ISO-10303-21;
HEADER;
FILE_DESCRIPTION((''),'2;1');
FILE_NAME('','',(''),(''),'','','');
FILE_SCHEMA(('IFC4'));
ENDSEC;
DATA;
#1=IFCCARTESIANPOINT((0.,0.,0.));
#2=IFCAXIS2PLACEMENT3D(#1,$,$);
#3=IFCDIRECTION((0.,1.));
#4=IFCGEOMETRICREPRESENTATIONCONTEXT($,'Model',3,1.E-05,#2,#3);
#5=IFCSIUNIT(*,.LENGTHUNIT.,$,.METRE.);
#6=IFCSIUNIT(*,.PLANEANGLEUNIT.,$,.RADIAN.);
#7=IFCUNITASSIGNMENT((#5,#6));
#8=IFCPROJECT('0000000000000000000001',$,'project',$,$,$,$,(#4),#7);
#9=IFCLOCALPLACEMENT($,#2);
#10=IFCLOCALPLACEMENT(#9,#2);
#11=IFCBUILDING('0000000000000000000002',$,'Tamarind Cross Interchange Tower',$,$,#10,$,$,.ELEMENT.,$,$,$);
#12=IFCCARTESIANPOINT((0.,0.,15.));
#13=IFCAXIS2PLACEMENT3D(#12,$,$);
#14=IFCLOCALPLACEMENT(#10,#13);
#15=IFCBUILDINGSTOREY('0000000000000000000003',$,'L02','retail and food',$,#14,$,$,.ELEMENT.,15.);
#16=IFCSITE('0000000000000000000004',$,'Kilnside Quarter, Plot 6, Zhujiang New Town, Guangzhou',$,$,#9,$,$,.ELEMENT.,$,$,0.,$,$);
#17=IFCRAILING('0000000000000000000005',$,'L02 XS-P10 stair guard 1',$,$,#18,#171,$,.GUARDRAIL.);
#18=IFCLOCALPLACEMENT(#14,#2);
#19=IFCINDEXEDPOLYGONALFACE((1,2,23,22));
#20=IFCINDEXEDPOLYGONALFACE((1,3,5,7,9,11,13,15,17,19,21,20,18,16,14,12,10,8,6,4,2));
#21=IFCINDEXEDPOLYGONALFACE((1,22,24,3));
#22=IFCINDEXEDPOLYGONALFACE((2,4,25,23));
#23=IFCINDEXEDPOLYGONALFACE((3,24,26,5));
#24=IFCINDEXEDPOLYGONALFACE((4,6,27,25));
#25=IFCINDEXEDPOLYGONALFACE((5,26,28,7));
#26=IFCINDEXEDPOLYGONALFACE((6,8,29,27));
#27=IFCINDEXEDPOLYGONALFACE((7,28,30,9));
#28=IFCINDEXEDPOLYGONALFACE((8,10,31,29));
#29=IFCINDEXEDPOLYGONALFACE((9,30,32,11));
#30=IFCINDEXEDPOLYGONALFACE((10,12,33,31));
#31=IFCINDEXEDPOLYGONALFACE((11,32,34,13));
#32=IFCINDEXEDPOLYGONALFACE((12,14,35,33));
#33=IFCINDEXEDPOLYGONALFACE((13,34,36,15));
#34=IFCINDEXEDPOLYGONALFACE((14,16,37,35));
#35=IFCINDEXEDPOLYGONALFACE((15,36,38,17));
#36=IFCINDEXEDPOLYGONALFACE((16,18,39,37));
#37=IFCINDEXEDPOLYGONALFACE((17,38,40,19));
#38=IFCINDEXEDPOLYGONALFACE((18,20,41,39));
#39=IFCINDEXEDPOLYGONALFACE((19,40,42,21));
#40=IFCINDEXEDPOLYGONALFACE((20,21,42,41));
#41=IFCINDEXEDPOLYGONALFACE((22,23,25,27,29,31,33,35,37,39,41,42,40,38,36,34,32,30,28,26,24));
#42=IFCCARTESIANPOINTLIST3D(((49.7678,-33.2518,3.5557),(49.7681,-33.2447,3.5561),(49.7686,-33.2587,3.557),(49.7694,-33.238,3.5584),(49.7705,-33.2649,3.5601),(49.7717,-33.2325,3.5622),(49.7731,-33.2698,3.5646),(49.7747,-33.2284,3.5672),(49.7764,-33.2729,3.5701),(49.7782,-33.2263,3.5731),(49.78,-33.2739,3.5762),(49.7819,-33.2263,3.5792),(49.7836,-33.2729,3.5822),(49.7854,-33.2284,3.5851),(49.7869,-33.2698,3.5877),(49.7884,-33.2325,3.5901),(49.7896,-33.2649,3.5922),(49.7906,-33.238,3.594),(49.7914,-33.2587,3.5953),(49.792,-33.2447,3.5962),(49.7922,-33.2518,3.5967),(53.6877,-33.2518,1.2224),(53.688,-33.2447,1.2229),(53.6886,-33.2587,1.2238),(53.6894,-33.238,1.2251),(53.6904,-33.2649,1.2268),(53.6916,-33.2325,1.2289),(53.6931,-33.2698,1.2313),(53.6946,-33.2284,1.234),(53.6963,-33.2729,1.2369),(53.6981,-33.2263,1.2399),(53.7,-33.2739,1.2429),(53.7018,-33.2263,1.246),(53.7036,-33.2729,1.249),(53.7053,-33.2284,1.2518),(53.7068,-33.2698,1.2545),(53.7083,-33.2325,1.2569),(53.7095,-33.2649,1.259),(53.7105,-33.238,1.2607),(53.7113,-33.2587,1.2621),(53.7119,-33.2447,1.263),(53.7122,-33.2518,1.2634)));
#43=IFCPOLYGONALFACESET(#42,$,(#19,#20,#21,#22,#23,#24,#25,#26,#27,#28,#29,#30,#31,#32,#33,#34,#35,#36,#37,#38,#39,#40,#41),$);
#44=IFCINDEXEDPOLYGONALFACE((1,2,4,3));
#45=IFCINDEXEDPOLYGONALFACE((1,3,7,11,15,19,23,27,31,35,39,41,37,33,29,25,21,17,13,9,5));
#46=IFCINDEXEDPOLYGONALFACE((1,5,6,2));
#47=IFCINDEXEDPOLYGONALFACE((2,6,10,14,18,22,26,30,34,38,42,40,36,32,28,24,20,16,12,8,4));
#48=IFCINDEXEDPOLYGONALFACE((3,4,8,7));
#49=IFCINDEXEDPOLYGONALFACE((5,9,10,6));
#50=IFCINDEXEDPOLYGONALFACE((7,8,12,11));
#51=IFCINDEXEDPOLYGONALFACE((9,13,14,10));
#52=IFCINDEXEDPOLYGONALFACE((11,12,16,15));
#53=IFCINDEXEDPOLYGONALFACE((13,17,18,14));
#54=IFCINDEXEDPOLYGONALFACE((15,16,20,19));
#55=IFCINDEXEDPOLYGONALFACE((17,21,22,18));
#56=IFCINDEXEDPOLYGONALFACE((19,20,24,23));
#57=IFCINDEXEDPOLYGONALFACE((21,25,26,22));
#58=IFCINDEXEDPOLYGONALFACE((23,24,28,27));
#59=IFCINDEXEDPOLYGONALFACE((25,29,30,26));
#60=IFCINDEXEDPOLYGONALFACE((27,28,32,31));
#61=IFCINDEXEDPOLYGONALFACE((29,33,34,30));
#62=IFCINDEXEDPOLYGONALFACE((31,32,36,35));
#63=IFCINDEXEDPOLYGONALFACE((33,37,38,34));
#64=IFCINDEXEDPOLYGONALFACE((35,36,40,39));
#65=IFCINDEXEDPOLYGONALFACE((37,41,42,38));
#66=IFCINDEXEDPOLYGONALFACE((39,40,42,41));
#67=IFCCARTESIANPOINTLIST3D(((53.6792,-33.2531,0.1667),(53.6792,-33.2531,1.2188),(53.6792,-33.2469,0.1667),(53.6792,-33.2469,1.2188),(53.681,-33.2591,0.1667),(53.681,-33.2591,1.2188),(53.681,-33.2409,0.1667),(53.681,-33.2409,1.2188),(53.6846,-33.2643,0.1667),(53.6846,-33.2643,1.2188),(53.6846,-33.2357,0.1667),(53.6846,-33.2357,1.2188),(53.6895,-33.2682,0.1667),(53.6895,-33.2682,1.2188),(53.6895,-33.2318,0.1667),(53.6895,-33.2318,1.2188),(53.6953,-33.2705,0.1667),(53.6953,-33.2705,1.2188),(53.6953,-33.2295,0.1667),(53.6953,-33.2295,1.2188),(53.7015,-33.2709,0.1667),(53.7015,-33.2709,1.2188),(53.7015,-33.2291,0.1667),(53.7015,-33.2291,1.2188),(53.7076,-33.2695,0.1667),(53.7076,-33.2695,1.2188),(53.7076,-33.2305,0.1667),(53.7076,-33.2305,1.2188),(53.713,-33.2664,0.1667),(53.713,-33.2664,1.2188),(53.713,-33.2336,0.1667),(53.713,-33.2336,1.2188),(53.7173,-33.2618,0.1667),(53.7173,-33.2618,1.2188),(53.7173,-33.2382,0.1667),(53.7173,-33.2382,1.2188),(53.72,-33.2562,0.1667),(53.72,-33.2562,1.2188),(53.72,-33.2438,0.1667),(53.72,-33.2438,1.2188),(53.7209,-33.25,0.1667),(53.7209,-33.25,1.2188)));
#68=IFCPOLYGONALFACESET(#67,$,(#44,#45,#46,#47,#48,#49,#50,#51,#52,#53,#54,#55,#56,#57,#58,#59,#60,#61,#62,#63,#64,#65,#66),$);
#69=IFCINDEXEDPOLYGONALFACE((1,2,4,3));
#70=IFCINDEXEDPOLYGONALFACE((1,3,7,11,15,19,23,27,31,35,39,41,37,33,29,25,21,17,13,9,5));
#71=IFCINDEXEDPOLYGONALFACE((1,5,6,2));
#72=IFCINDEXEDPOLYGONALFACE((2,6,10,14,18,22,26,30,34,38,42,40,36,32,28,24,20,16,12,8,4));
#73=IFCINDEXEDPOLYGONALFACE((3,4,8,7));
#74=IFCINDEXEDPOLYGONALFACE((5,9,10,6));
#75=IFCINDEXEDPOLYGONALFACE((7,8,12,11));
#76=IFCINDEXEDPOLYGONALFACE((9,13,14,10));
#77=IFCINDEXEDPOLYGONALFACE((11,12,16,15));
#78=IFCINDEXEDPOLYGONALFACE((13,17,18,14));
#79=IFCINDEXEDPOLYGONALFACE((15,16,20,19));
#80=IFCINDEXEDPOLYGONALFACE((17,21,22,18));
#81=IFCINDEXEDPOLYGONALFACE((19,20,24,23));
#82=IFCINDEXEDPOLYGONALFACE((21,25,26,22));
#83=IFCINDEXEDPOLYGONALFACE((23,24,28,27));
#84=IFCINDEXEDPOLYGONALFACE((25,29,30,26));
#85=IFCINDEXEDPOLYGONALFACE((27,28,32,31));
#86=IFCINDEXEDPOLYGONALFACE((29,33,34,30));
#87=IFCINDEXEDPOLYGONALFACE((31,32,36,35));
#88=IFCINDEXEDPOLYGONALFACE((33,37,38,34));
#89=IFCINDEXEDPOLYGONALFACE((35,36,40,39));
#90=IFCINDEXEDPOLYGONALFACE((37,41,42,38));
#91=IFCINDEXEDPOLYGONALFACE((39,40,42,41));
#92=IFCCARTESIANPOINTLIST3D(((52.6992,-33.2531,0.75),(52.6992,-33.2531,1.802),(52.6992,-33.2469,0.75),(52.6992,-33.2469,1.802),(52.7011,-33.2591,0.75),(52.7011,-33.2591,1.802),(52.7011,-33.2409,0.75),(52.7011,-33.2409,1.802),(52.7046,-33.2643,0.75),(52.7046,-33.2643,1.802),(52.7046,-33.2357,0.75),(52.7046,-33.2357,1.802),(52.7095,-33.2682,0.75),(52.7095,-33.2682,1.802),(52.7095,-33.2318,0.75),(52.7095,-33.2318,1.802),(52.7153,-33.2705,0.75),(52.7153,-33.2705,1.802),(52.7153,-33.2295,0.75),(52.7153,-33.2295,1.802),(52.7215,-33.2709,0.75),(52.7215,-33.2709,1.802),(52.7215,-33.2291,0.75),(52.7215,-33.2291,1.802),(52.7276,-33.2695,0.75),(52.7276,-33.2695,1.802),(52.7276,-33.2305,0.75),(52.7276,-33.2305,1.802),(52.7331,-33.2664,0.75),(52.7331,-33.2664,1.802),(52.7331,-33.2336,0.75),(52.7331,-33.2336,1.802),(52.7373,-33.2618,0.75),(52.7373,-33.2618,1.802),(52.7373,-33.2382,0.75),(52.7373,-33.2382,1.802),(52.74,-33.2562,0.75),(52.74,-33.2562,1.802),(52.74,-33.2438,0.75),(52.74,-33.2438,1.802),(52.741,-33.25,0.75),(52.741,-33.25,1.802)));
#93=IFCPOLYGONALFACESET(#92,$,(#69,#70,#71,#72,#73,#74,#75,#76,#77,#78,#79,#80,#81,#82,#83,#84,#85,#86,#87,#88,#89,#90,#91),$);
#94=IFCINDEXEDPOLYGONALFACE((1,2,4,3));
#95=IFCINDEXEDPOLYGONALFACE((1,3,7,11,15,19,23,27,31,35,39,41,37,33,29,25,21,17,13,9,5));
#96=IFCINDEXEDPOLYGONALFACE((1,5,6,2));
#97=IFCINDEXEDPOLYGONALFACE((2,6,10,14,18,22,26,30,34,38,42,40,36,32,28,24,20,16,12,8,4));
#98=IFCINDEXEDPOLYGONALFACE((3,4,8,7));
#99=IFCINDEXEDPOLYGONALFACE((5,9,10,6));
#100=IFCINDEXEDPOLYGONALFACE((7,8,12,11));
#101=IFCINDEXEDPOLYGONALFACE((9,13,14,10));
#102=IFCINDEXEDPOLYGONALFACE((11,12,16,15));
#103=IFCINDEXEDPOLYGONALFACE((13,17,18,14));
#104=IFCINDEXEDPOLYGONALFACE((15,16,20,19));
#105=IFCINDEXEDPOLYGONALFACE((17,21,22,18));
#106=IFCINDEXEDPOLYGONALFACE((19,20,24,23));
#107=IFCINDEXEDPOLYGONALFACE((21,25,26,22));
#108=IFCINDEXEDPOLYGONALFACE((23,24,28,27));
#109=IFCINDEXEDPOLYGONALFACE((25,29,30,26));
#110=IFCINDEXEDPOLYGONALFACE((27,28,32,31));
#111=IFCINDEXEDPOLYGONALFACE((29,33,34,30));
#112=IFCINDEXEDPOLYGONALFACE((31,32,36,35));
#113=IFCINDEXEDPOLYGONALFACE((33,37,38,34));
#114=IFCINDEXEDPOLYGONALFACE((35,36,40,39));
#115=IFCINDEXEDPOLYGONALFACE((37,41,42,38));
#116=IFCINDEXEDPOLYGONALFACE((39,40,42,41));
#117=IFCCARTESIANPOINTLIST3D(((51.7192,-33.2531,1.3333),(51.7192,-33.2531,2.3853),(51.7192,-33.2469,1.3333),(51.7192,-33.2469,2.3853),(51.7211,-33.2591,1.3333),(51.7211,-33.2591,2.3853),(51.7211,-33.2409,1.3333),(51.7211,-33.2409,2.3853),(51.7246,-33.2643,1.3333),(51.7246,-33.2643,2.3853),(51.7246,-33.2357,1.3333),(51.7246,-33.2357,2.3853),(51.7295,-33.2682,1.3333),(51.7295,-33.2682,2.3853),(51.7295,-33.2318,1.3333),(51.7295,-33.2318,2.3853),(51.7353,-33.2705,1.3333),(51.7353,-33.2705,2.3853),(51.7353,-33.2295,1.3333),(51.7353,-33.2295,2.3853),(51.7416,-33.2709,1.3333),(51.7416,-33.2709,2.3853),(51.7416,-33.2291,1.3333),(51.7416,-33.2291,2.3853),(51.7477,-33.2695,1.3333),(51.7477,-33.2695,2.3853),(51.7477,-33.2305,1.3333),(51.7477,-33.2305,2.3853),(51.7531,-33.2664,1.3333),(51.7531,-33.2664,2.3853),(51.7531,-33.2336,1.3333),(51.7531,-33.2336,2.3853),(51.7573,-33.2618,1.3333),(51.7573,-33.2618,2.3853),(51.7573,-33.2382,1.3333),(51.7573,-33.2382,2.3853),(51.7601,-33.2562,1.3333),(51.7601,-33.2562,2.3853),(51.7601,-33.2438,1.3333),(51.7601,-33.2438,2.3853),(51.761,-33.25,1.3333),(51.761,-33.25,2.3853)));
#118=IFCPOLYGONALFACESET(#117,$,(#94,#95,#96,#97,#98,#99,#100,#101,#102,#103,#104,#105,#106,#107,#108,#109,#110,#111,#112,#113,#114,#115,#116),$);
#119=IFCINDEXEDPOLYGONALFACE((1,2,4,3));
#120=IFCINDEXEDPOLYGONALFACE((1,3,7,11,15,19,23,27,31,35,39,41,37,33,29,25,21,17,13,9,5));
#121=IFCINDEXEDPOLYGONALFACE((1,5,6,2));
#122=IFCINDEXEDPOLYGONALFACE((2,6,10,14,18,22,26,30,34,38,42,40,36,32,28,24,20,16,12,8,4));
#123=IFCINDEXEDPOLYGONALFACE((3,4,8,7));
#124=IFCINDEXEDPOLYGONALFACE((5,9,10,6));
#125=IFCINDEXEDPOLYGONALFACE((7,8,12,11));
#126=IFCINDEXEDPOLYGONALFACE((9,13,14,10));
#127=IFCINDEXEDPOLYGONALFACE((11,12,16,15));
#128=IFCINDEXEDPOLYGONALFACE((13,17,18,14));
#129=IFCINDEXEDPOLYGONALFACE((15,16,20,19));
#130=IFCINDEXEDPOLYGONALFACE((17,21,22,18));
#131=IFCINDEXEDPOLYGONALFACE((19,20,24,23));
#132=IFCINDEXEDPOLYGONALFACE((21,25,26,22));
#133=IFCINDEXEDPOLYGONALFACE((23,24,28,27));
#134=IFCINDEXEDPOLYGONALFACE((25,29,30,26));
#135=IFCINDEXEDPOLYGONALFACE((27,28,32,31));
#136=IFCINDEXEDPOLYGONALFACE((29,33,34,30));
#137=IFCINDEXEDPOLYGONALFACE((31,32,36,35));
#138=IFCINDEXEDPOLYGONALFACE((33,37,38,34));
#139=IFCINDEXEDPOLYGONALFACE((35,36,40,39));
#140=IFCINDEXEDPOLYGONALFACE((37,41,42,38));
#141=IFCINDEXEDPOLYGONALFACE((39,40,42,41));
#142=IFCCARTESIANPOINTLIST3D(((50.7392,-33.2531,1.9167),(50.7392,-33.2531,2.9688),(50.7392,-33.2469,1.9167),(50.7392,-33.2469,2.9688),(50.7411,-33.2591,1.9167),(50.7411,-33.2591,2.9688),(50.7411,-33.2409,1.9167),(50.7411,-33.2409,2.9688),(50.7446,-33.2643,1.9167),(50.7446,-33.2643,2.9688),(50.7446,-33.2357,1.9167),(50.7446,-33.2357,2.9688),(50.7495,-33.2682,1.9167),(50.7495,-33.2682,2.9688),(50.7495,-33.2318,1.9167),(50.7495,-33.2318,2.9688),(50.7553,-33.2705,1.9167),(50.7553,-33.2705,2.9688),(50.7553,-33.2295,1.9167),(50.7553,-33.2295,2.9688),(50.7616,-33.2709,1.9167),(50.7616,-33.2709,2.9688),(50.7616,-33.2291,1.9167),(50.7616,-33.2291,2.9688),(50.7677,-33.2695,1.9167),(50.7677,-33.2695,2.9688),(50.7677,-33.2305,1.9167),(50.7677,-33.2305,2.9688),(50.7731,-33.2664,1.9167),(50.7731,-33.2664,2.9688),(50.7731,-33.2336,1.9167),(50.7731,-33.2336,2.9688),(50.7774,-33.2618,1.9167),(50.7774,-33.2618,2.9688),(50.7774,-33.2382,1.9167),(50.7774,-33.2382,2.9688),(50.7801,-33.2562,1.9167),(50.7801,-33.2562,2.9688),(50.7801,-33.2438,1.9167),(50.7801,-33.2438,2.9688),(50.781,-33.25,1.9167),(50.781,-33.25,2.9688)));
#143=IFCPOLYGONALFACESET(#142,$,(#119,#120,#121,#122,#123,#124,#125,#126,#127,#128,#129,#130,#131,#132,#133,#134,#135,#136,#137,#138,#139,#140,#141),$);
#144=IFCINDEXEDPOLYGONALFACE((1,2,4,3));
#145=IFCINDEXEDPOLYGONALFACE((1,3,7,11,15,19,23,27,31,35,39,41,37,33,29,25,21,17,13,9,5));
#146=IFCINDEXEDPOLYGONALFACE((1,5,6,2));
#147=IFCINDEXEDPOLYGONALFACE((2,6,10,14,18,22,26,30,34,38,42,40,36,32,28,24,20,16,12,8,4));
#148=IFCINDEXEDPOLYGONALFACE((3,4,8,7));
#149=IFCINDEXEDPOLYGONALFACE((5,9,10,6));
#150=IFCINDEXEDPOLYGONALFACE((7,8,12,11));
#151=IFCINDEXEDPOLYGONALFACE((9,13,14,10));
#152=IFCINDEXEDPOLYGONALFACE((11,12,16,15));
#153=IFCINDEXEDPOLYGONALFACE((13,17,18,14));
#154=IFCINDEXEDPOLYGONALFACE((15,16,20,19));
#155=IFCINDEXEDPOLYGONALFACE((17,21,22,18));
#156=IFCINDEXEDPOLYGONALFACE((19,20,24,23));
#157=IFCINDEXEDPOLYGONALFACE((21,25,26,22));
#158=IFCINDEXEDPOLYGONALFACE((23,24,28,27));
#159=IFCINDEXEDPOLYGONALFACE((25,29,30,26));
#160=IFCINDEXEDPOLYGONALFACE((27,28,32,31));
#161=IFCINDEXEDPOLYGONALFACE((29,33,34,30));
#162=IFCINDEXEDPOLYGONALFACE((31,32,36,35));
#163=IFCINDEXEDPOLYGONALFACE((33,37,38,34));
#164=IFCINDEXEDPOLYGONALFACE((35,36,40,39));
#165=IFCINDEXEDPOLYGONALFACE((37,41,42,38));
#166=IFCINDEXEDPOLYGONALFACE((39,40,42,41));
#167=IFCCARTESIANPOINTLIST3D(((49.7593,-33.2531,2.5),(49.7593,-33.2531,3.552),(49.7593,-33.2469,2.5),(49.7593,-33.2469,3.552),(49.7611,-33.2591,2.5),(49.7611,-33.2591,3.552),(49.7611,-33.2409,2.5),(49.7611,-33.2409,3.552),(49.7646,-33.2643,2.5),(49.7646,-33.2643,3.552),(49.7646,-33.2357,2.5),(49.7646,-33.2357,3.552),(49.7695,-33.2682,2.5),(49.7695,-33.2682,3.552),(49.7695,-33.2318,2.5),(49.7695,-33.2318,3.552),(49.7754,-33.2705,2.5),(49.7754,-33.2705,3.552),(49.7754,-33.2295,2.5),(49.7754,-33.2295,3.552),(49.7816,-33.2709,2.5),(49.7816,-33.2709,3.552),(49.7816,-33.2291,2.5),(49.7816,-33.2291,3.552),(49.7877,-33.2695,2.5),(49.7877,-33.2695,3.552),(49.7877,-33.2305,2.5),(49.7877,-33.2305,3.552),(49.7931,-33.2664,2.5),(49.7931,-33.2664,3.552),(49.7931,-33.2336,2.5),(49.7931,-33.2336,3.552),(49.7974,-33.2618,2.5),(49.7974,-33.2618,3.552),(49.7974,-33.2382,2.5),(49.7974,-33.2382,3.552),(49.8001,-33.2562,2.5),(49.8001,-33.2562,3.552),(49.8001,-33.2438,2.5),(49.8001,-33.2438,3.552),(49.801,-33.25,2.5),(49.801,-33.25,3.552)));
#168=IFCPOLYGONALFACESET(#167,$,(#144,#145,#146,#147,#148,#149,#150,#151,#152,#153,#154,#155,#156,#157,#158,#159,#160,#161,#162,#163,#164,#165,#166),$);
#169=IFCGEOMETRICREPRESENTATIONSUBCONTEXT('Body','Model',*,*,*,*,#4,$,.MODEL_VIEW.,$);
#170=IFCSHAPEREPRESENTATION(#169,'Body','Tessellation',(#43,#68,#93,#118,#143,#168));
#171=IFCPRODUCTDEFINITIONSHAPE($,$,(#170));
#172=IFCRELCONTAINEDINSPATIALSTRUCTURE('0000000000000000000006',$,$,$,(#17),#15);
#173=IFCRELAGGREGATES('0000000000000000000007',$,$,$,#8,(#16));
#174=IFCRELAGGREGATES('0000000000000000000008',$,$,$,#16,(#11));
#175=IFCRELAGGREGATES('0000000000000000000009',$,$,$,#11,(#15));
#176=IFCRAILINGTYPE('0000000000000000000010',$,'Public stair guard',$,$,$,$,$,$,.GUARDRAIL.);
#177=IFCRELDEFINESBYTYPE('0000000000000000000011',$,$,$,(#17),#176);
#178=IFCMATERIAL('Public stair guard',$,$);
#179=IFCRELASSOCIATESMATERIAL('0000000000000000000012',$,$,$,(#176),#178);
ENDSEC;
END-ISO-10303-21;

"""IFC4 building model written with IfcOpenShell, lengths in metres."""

from ifc_helpers import new_model, si_unit, direction, frame, origin, origin_2d, place, context, subcontext, project, spatial, circle, extrude, material, type_object, element, save


model = new_model("IFC4")

# Units and contexts
model_context = context("Model", 3, precision=1e-05, world=origin(), true_north=direction((0.0, 1.0)))
body_context = subcontext(model_context, "Body", "Model", "MODEL_VIEW")
ifc_project = project(units=[si_unit("LENGTHUNIT", "METRE"), si_unit("PLANEANGLEUNIT", "RADIAN")], contexts=[model_context])

# Site, building, storey
site_placement = place(None, origin())
site = spatial("IfcSite", under=ifc_project, at=site_placement, Name="Kilnside Quarter, Plot 6, Zhujiang New Town, Guangzhou", CompositionType="ELEMENT", RefElevation=0.0)
building_placement = place(site_placement, origin())
building = spatial("IfcBuilding", under=site, at=building_placement, Name="Tamarind Cross Interchange Tower", CompositionType="ELEMENT")
storey_placement = place(building_placement, frame((0.0, 0.0, 15.0)))
storey = spatial("IfcBuildingStorey", under=building, at=storey_placement, Name="L02", Description="retail and food", CompositionType="ELEMENT", Elevation=15.0)

# Railing
ifc_material_1 = material(Name="Public stair guard")
railing_type_1 = type_object("IfcRailingType", Name="Public stair guard", PredefinedType="GUARDRAIL", material=ifc_material_1)
railing_1_placement = place(storey_placement, frame((53.7, -33.25, 0.1667)))
element("IfcRailing", 1, at=railing_1_placement, inside=storey, type_object=railing_type_1, Name="L02 XS-P10 stair guard 1", PredefinedType="GUARDRAIL", context=body_context, shape_type="SweptSolid", body=[
    extrude(circle(Radius=0.0239, at=origin_2d()), frame((0.0, 0.0, 1.0762), z_axis=(-0.859296, 0.0, 0.511478), x_axis=(0.0, -1.0, 0.0)), (0.0, 0.0, 1.0), 4.5618),
    extrude(circle(Radius=0.021, at=origin_2d()), origin(), (0.0, 0.0, 1.0), 1.052),
    extrude(circle(Radius=0.021, at=origin_2d()), frame((-0.98, 0.0, 0.5833)), (0.0, 0.0, 1.0), 1.052),
    extrude(circle(Radius=0.021, at=origin_2d()), frame((-1.96, 0.0, 1.1665)), (0.0, 0.0, 1.0), 1.052),
    extrude(circle(Radius=0.021, at=origin_2d()), frame((-2.9399, 0.0, 1.75)), (0.0, 0.0, 1.0), 1.052),
    extrude(circle(Radius=0.021, at=origin_2d()), frame((-3.9199, 0.0, 2.3333)), (0.0, 0.0, 1.0), 1.052),
])

save(model, "model.ifc")
